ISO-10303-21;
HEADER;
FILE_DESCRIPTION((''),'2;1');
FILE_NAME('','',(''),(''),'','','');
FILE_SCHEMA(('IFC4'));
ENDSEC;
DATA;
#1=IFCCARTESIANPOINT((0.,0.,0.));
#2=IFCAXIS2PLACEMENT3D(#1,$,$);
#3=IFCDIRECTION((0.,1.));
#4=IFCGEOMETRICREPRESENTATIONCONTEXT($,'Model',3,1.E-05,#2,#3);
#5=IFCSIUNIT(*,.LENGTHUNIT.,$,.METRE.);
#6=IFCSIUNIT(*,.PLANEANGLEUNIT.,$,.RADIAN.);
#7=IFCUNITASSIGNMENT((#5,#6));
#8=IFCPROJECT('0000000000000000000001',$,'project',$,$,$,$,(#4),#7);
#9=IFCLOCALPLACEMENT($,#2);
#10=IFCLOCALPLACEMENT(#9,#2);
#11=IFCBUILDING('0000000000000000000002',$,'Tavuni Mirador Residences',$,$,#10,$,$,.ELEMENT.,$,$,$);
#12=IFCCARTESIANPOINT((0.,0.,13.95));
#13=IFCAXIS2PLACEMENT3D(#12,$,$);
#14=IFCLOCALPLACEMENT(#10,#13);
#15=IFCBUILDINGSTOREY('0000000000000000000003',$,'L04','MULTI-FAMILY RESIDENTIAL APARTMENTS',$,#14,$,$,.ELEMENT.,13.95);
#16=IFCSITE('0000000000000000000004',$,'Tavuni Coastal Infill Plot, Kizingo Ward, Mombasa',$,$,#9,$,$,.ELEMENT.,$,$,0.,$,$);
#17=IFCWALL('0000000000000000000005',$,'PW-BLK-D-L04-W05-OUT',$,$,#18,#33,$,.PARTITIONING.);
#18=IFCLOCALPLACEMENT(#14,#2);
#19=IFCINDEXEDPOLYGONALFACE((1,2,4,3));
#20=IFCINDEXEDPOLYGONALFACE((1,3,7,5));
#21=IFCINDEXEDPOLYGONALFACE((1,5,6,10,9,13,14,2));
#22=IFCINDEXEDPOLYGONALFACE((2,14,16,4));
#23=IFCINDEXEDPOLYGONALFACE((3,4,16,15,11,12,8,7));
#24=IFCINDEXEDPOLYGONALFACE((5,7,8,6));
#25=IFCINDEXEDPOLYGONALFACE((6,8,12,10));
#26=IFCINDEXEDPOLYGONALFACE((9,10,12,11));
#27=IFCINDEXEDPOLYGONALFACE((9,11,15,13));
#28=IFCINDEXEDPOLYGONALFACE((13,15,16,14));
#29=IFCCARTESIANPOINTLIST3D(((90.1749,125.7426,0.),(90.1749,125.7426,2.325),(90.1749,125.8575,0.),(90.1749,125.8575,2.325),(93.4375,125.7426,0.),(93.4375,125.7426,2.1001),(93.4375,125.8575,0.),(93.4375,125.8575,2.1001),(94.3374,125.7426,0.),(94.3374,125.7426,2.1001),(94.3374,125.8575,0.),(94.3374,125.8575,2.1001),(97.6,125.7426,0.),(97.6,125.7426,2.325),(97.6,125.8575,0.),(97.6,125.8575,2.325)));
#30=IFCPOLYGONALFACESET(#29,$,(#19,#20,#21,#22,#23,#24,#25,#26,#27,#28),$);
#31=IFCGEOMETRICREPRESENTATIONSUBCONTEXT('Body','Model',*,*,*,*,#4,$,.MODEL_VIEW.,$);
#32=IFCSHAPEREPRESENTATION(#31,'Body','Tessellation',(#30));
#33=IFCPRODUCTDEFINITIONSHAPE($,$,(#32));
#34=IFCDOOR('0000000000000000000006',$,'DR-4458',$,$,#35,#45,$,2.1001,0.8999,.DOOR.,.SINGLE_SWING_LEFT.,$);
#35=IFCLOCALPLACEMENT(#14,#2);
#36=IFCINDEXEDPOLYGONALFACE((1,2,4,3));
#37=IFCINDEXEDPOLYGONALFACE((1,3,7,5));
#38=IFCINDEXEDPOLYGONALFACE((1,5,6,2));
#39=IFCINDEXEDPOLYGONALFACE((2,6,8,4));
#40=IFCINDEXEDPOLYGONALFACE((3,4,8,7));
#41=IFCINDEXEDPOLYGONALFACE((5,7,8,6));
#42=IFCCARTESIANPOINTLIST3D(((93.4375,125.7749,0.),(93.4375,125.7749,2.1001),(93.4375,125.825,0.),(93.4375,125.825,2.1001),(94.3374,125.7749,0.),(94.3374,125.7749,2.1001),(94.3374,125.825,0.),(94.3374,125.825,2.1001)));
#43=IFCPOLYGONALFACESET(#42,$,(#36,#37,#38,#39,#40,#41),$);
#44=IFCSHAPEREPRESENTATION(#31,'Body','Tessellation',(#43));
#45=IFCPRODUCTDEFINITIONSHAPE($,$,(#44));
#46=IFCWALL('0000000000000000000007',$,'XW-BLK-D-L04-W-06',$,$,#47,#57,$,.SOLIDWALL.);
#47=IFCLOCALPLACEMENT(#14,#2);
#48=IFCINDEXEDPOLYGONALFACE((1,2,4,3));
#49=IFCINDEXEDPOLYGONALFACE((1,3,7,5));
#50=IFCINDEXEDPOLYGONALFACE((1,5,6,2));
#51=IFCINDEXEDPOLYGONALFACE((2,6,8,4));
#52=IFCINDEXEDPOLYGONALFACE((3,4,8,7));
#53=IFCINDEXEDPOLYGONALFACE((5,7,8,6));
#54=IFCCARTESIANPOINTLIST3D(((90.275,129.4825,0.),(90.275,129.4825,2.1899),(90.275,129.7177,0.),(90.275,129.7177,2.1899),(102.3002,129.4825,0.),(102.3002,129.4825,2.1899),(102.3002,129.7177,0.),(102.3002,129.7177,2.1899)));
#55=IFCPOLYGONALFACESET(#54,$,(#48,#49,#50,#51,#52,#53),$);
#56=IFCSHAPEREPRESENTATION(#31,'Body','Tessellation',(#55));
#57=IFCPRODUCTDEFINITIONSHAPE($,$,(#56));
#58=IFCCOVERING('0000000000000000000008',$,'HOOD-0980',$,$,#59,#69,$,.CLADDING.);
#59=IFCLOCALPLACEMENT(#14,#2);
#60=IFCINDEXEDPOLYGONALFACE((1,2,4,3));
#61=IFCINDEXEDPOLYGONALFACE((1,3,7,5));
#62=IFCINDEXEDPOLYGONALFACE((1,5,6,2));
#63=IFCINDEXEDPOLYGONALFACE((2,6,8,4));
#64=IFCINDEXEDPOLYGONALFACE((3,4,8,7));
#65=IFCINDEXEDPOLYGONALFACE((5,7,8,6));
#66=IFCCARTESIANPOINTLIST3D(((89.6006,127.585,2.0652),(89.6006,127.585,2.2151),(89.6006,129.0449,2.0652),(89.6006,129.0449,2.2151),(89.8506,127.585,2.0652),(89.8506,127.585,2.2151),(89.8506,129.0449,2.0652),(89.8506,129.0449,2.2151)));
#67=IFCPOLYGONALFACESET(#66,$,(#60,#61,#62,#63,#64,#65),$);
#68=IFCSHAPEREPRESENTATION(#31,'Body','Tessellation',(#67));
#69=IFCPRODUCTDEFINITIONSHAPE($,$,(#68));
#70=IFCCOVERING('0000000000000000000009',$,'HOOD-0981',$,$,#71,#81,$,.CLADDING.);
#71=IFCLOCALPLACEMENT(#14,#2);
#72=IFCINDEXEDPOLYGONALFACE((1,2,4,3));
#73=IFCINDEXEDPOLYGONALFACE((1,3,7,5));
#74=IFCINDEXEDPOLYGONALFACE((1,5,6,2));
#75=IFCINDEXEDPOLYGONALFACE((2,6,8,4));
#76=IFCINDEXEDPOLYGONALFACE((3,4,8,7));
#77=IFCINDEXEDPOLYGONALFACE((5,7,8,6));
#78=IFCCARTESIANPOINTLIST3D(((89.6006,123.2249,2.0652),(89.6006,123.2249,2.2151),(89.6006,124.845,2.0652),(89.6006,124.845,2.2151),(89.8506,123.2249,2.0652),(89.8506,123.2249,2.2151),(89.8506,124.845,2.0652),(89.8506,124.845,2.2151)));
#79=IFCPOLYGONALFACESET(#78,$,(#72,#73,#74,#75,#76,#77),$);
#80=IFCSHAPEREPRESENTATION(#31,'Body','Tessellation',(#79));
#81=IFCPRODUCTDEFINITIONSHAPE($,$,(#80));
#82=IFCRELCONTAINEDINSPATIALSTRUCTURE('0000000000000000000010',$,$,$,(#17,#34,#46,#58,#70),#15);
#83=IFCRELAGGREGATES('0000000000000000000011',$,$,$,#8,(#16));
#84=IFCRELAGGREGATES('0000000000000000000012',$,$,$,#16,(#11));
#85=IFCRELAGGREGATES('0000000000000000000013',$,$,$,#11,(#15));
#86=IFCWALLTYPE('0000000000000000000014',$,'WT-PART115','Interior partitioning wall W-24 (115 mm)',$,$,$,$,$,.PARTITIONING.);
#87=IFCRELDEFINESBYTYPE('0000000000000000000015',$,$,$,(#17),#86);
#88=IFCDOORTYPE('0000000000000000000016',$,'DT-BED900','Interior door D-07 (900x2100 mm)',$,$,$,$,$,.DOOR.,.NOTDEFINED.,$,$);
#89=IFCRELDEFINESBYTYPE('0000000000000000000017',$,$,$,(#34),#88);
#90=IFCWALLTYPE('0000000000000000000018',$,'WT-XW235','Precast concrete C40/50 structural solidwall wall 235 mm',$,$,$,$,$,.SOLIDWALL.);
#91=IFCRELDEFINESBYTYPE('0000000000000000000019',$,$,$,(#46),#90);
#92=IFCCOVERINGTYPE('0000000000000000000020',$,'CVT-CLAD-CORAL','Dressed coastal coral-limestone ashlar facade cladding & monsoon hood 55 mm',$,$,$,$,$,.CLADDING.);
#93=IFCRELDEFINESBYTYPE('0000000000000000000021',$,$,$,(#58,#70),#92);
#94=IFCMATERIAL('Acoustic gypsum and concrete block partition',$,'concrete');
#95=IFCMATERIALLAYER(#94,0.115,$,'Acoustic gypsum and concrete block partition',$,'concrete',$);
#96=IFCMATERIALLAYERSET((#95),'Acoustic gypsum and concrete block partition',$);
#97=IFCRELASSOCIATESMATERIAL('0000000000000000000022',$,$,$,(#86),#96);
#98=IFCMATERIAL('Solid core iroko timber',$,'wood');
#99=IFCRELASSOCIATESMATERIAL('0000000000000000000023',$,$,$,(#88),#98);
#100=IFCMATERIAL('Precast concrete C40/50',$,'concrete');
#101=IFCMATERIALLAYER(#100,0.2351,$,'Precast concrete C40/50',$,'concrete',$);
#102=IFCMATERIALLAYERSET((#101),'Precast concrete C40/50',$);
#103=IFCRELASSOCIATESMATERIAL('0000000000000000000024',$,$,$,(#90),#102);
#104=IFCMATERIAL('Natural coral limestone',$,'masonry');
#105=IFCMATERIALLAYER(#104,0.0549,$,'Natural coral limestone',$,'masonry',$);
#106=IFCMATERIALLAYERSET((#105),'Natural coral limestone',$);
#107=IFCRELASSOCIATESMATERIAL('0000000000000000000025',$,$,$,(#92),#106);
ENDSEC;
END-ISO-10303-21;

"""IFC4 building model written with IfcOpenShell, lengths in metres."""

from ifc_helpers import new_model, si_unit, direction, frame, frame_2d, origin, origin_2d, place, context, subcontext, project, spatial, rectangle, extrude, material, layer, layer_set, type_object, element, fill, save


model = new_model("IFC4")

# Units and contexts
model_context = context("Model", 3, precision=1e-05, world=origin(), true_north=direction((0.0, 1.0)))
body_context = subcontext(model_context, "Body", "Model", "MODEL_VIEW")
ifc_project = project(units=[si_unit("LENGTHUNIT", "METRE"), si_unit("PLANEANGLEUNIT", "RADIAN")], contexts=[model_context])

# Site, building, storey
site_placement = place(None, origin())
site = spatial("IfcSite", under=ifc_project, at=site_placement, Name="Tavuni Coastal Infill Plot, Kizingo Ward, Mombasa", CompositionType="ELEMENT", RefElevation=0.0)
building_placement = place(site_placement, origin())
building = spatial("IfcBuilding", under=site, at=building_placement, Name="Tavuni Mirador Residences", CompositionType="ELEMENT")
storey_placement = place(building_placement, frame((0.0, 0.0, 13.95)))
storey = spatial("IfcBuildingStorey", under=building, at=storey_placement, Name="L04", Description="MULTI-FAMILY RESIDENTIAL APARTMENTS", CompositionType="ELEMENT", Elevation=13.95)

# Shared definitions
ifc_material_1 = material(Name="Precast concrete C40/50", Category="concrete")

# Wall, opening, door
ifc_material_2 = material(Name="Acoustic gypsum and concrete block partition", Category="concrete")
ifc_material_3 = material(Name="Solid core iroko timber", Category="wood")
ifc_layer_1 = layer(ifc_material_2, 0.115, Name="Acoustic gypsum and concrete block partition", Category="concrete")
ifc_layer_set_1 = layer_set([ifc_layer_1], Name="Acoustic gypsum and concrete block partition")
wall_type_1 = type_object("IfcWallType", Name="WT-PART115", Description="Interior partitioning wall W-24 (115 mm)", PredefinedType="PARTITIONING", material=ifc_layer_set_1)
wall_1_placement = place(storey_placement, frame((90.175, 125.8, 0.0), z_axis=(0.0, 0.0, 1.0), x_axis=(1.0, 0.0, 0.0)))
wall_1 = element("IfcWall", 1, at=wall_1_placement, inside=storey, type_object=wall_type_1, Name="PW-BLK-D-L04-W05-OUT", PredefinedType="PARTITIONING", context=body_context, shape_type="SweptSolid", body=[
    extrude(rectangle(XDim=7.425, YDim=0.115, at=frame_2d((3.7124, 0.0))), origin(), (0.0, 0.0, 1.0), 2.325),
])
opening_1_placement = place(wall_1_placement, frame((3.2625, 0.0, 0.0)))
opening_1 = element("IfcOpeningElement", 2, at=opening_1_placement, cuts=wall_1, PredefinedType="OPENING", context=body_context, shape_type="SweptSolid", body=[
    extrude(rectangle(XDim=0.8999, YDim=2.1001, at=frame_2d((0.45, 1.05))), frame((0.0, 0.0674, 0.0), z_axis=(0.0, -1.0, 0.0), x_axis=(1.0, 0.0, 0.0)), (0.0, 0.0, 1.0), 0.135),
])
door_type_1 = type_object("IfcDoorType", Name="DT-BED900", Description="Interior door D-07 (900x2100 mm)", OperationType="NOTDEFINED", PredefinedType="DOOR", material=ifc_material_3)
door_1_placement = place(opening_1_placement, origin())
door_1 = element("IfcDoor", 3, at=door_1_placement, inside=storey, type_object=door_type_1, Name="DR-4458", OperationType="SINGLE_SWING_LEFT", OverallHeight=2.1001, OverallWidth=0.8999, PredefinedType="DOOR", context=body_context, shape_type="SweptSolid", body=[
    extrude(rectangle(XDim=0.8999, YDim=2.1001, at=frame_2d((0.45, 1.05))), frame((0.0, 0.0249, 0.0), z_axis=(0.0, -1.0, 0.0), x_axis=(1.0, 0.0, 0.0)), (0.0, 0.0, 1.0), 0.05),
])
fill(opening_1, door_1)

# Wall
ifc_layer_2 = layer(ifc_material_1, 0.2351, Name="Precast concrete C40/50", Category="concrete")
ifc_layer_set_2 = layer_set([ifc_layer_2], Name="Precast concrete C40/50")
wall_type_2 = type_object("IfcWallType", Name="WT-XW235", Description="Precast concrete C40/50 structural solidwall wall 235 mm", PredefinedType="SOLIDWALL", material=ifc_layer_set_2)
wall_2_placement = place(storey_placement, frame((90.2749, 129.6001, 0.0), z_axis=(0.0, 0.0, 1.0), x_axis=(1.0, 0.0, 0.0)))
element("IfcWall", 4, at=wall_2_placement, inside=storey, type_object=wall_type_2, Name="XW-BLK-D-L04-W-06", PredefinedType="SOLIDWALL", context=body_context, shape_type="SweptSolid", body=[
    extrude(rectangle(XDim=12.0251, YDim=0.2351, at=frame_2d((6.0127, 0.0))), origin(), (0.0, 0.0, 1.0), 2.1899),
])

# Coverings
ifc_material_4 = material(Name="Natural coral limestone", Category="masonry")
ifc_layer_3 = layer(ifc_material_4, 0.0549, Name="Natural coral limestone", Category="masonry")
ifc_layer_set_3 = layer_set([ifc_layer_3], Name="Natural coral limestone")
covering_type = type_object("IfcCoveringType", Name="CVT-CLAD-CORAL", Description="Dressed coastal coral-limestone ashlar facade cladding & monsoon hood 55 mm", PredefinedType="CLADDING", material=ifc_layer_set_3)
covering_1_placement = place(storey_placement, frame((89.7256, 128.3149, 2.0652), z_axis=(0.0, 0.0, 1.0), x_axis=(0.0, -1.0, 0.0)))
element("IfcCovering", 5, at=covering_1_placement, inside=storey, type_object=covering_type, Name="HOOD-0980", PredefinedType="CLADDING", context=body_context, shape_type="SweptSolid", body=[
    extrude(rectangle(XDim=1.46, YDim=0.25, at=origin_2d()), origin(), (0.0, 0.0, 1.0), 0.1499),
])
covering_2_placement = place(storey_placement, frame((89.7256, 124.0349, 2.0652), z_axis=(0.0, 0.0, 1.0), x_axis=(0.0, -1.0, 0.0)))
element("IfcCovering", 6, at=covering_2_placement, inside=storey, type_object=covering_type, Name="HOOD-0981", PredefinedType="CLADDING", context=body_context, shape_type="SweptSolid", body=[
    extrude(rectangle(XDim=1.6201, YDim=0.25, at=origin_2d()), origin(), (0.0, 0.0, 1.0), 0.1499),
])

save(model, "model.ifc")
